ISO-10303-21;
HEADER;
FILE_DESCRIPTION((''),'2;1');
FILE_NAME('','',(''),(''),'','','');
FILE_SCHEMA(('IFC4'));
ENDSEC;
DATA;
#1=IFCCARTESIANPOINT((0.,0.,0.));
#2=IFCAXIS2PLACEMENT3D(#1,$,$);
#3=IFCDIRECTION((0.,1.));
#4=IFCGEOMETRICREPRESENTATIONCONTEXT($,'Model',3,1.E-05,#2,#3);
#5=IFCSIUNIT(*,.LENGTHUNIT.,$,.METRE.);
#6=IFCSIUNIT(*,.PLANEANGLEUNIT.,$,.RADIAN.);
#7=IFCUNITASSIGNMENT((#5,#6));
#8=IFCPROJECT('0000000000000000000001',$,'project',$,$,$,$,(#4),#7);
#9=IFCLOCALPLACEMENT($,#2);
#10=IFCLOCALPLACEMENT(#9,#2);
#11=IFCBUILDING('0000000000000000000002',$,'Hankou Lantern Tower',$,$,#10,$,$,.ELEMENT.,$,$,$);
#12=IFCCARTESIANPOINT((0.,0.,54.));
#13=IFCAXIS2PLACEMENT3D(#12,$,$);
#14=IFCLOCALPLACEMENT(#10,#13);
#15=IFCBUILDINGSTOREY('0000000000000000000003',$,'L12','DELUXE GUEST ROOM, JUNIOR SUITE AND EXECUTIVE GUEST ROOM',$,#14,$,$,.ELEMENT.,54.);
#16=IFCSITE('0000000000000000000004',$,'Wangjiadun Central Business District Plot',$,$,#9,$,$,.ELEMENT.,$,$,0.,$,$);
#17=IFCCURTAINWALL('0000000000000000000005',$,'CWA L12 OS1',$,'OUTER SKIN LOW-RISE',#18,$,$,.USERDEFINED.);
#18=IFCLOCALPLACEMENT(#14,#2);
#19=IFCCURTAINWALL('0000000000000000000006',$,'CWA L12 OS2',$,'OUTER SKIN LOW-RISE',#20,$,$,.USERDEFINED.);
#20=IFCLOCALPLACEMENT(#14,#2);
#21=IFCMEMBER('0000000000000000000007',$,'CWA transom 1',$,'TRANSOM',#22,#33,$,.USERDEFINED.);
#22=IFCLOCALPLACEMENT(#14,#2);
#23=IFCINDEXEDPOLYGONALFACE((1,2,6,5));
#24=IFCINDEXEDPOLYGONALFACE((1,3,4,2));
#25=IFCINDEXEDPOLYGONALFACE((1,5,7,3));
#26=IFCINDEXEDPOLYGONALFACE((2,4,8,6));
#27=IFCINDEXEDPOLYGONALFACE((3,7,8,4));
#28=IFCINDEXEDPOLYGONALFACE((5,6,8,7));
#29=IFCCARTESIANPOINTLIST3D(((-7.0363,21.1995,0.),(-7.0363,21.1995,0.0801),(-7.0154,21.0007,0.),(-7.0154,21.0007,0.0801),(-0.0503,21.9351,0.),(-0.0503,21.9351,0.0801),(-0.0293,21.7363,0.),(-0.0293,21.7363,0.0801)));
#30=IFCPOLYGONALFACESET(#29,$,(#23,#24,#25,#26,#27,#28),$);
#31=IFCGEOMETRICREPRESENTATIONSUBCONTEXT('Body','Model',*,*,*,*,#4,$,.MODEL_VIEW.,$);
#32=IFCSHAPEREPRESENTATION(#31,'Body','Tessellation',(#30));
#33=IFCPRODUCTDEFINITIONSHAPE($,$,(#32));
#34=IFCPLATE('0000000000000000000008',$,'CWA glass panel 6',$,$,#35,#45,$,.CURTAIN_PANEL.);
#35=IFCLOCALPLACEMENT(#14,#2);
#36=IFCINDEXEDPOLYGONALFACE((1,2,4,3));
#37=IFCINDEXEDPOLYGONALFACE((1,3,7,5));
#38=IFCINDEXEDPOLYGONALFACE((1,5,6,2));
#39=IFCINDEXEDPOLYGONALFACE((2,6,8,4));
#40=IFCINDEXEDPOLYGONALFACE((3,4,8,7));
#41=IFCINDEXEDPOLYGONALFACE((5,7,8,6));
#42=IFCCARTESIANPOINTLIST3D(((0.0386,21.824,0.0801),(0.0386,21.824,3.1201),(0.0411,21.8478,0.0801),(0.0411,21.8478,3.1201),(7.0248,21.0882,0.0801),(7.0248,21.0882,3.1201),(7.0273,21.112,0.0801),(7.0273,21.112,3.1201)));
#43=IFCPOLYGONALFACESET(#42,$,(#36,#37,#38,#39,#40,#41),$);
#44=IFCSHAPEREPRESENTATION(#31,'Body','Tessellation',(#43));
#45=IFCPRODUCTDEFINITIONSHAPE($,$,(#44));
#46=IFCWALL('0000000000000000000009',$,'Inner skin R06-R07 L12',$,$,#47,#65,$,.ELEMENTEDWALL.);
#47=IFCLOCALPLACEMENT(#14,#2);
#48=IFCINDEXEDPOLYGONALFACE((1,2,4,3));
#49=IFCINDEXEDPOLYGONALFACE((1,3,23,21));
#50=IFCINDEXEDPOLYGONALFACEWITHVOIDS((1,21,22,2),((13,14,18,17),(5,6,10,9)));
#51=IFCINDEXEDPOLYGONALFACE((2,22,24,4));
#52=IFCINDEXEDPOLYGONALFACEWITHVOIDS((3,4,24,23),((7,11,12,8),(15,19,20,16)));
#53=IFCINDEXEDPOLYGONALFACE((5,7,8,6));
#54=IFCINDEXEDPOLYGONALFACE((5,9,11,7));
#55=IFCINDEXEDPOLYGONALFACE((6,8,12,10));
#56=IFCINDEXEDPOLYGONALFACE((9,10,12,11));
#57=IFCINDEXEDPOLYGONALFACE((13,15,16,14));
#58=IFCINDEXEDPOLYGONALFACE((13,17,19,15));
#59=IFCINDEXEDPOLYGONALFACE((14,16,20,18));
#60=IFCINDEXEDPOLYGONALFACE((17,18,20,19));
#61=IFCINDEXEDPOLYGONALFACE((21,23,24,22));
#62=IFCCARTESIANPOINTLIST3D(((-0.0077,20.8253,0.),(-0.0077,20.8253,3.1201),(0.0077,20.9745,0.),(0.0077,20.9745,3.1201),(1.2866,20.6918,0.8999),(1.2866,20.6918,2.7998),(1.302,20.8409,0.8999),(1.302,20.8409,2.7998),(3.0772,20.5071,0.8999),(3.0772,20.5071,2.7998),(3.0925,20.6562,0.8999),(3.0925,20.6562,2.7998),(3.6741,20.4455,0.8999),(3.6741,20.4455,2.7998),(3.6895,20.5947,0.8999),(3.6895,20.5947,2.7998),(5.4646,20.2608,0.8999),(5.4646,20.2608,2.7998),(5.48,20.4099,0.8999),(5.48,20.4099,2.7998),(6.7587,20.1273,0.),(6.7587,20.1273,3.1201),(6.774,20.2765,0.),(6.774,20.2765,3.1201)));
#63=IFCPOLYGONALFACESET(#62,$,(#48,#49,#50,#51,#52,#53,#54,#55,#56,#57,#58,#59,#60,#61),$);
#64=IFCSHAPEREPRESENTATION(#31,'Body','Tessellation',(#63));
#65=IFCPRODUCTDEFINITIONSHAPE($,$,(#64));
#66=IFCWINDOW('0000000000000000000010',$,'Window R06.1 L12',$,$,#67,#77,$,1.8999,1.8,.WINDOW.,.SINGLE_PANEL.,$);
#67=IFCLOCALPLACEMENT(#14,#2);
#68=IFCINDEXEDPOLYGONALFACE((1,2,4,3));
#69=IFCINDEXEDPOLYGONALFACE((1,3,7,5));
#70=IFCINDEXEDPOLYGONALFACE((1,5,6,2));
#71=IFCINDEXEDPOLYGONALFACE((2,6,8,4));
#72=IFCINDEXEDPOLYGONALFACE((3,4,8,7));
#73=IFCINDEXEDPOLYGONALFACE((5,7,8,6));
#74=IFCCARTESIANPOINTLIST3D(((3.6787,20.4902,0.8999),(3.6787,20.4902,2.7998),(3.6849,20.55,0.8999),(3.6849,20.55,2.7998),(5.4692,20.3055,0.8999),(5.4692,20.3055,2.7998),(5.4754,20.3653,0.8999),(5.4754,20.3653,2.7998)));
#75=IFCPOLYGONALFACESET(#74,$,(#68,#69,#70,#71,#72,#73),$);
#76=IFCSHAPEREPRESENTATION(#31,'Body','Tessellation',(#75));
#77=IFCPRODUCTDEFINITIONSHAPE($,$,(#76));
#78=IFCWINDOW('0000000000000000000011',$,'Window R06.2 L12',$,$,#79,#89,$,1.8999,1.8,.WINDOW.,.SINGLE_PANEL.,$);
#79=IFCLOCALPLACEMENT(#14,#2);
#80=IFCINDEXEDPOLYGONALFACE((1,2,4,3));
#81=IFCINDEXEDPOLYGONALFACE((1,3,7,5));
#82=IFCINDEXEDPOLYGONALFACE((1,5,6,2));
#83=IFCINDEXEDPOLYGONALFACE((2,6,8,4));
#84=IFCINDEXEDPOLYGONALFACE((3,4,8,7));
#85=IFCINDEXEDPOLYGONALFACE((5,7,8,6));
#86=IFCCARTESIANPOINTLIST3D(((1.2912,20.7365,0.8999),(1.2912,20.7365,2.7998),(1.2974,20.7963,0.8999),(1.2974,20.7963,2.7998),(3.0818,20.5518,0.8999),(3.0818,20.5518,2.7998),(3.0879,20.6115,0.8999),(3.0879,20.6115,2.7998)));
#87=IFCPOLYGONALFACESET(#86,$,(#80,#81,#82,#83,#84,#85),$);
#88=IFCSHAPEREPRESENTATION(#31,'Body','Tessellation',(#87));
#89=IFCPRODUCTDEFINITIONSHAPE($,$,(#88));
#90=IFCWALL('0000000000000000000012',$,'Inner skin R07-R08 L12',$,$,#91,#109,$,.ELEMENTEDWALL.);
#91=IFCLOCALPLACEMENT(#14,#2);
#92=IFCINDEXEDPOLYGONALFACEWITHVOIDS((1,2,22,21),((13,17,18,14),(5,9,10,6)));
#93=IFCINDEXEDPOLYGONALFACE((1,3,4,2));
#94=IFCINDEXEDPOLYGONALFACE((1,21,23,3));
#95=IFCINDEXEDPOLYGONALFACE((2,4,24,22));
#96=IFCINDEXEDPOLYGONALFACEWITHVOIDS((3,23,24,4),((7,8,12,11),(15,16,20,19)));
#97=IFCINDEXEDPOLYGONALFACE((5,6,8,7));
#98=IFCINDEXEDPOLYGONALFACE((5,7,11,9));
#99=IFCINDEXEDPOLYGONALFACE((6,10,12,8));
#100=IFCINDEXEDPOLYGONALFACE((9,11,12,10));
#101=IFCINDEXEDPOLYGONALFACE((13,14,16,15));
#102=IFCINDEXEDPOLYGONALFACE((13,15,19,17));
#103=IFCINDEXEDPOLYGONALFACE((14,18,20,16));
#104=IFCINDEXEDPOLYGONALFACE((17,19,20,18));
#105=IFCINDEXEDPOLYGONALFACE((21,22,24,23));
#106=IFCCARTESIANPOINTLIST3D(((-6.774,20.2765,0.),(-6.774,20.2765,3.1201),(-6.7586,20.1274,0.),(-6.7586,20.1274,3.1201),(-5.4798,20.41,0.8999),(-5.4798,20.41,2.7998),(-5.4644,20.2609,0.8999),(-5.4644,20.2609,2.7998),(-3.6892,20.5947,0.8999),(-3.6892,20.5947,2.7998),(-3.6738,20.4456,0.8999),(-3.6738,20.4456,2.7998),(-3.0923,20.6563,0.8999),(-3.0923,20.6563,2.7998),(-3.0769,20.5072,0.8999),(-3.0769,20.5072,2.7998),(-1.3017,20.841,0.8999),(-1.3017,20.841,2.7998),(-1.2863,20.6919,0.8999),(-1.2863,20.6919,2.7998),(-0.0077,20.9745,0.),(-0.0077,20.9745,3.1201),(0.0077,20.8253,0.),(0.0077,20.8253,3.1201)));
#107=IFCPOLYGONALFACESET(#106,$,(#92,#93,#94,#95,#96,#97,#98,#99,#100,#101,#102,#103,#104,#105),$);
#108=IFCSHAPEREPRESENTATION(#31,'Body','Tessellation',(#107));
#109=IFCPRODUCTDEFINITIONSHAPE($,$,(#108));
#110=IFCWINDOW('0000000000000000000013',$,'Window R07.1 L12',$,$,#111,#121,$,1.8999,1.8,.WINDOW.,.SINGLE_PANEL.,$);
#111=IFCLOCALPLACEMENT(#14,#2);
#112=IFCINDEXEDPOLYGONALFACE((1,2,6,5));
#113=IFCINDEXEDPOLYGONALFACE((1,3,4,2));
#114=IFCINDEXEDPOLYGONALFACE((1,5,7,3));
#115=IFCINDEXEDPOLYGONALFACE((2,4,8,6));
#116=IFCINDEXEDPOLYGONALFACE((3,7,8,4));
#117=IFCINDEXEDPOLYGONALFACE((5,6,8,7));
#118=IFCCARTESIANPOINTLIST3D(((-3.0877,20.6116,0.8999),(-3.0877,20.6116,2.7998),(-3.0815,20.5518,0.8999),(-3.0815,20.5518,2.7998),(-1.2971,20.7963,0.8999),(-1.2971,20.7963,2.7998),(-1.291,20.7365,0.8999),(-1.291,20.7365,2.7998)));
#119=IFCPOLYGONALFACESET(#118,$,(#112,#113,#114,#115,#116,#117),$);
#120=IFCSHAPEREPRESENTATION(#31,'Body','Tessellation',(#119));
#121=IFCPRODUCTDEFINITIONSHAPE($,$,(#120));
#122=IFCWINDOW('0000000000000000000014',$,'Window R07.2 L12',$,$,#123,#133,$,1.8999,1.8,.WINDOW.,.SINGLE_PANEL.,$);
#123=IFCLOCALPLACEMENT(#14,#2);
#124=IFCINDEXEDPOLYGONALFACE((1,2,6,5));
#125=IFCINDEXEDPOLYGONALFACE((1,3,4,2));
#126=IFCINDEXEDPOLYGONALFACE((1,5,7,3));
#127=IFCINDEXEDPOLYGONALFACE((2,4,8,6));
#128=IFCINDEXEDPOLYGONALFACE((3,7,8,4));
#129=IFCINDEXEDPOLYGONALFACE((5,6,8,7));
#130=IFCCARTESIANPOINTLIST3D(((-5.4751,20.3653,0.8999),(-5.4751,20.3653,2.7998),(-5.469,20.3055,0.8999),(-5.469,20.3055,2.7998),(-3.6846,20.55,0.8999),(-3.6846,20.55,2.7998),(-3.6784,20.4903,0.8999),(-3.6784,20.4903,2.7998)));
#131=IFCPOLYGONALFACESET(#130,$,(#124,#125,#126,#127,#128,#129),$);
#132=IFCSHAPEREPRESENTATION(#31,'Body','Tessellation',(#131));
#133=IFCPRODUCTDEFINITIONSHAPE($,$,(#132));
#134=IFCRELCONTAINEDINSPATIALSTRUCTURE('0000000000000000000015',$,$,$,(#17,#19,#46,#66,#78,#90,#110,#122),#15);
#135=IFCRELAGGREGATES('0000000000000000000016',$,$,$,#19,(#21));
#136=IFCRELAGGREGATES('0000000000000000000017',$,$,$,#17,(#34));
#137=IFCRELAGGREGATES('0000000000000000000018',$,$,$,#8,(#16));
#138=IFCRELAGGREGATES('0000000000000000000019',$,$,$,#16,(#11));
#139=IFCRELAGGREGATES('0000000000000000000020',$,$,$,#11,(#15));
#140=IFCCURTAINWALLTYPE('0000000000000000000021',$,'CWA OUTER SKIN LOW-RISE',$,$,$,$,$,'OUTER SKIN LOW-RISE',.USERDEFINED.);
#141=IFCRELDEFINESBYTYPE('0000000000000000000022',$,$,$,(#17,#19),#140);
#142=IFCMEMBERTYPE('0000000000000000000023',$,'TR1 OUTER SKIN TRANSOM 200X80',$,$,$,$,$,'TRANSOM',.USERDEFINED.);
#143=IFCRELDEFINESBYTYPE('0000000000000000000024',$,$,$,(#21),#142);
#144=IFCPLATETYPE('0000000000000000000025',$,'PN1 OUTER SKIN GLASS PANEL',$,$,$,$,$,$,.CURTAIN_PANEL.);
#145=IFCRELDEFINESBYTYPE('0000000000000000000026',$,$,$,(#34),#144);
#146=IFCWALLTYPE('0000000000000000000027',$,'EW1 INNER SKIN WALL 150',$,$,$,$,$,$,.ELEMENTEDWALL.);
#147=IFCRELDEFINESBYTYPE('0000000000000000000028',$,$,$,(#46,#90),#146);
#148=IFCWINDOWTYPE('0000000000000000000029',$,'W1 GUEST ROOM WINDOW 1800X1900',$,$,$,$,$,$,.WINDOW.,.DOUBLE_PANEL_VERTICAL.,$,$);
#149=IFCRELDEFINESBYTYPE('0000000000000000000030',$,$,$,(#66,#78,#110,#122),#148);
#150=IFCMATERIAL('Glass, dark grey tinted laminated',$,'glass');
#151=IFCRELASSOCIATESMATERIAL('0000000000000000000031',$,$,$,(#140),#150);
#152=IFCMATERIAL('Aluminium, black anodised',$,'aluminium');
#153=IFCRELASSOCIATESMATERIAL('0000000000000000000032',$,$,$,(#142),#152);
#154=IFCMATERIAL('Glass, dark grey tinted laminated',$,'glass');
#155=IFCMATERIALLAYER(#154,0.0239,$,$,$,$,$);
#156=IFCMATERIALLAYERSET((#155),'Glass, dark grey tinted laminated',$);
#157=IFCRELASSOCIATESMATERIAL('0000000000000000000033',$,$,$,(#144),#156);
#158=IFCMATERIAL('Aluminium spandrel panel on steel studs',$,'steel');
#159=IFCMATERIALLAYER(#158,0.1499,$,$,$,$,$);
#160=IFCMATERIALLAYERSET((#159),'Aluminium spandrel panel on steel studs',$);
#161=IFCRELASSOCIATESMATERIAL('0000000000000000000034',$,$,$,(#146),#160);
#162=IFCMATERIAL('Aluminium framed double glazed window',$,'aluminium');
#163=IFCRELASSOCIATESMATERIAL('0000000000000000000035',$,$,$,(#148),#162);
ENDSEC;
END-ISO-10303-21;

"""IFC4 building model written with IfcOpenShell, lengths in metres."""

from ifc_helpers import new_model, si_unit, direction, frame, frame_2d, origin, origin_2d, place, context, subcontext, project, spatial, rectangle, extrude, material, layer, layer_set, material_profile, profile_set, type_object, element, fill, aggregate, save


model = new_model("IFC4")

# Units and contexts
model_context = context("Model", 3, precision=1e-05, world=origin(), true_north=direction((0.0, 1.0)))
body_context = subcontext(model_context, "Body", "Model", "MODEL_VIEW")
ifc_project = project(units=[si_unit("LENGTHUNIT", "METRE"), si_unit("PLANEANGLEUNIT", "RADIAN")], contexts=[model_context])

# Site, building, storey
site_placement = place(None, origin())
site = spatial("IfcSite", under=ifc_project, at=site_placement, Name="Wangjiadun Central Business District Plot", CompositionType="ELEMENT", RefElevation=0.0)
building_placement = place(site_placement, origin())
building = spatial("IfcBuilding", under=site, at=building_placement, Name="Hankou Lantern Tower", CompositionType="ELEMENT")
storey_placement = place(building_placement, frame((0.0, 0.0, 54.0)))
storey = spatial("IfcBuildingStorey", under=building, at=storey_placement, Name="L12", Description="DELUXE GUEST ROOM, JUNIOR SUITE AND EXECUTIVE GUEST ROOM", CompositionType="ELEMENT", Elevation=54.0)

# Curtain walls
ifc_material_1 = material(Name="Glass, dark grey tinted laminated", Category="glass")
curtain_wall_type = type_object("IfcCurtainWallType", Name="CWA OUTER SKIN LOW-RISE", ElementType="OUTER SKIN LOW-RISE", PredefinedType="USERDEFINED", material=ifc_material_1)
curtain_wall_1_placement = place(storey_placement, origin())
curtain_wall_1 = element("IfcCurtainWall", 1, at=curtain_wall_1_placement, inside=storey, type_object=curtain_wall_type, Name="CWA L12 OS1", ObjectType="OUTER SKIN LOW-RISE", PredefinedType="USERDEFINED")
curtain_wall_2_placement = place(storey_placement, origin())
curtain_wall_2 = element("IfcCurtainWall", 2, at=curtain_wall_2_placement, inside=storey, type_object=curtain_wall_type, Name="CWA L12 OS2", ObjectType="OUTER SKIN LOW-RISE", PredefinedType="USERDEFINED")

# Member
ifc_material_2 = material(Name="Aluminium, black anodised", Category="aluminium")
ifc_material_profile_1 = material_profile(ifc_material_2, rectangle(XDim=0.2, YDim=0.0801, at=origin_2d()), Name="TR1 200X80")
ifc_profile_set_1 = profile_set([ifc_material_profile_1], Name="Aluminium, black anodised")
member_type_1 = type_object("IfcMemberType", Name="TR1 OUTER SKIN TRANSOM 200X80", ElementType="TRANSOM", PredefinedType="USERDEFINED", material=ifc_profile_set_1)
member_1_placement = place(storey_placement, frame((-0.0398, 21.8357, 0.04), z_axis=(-0.994502, -0.104716, 0.0), x_axis=(0.104716, -0.994502, 0.0)))
member_1 = element("IfcMember", 3, at=member_1_placement, type_object=member_type_1, Name="CWA transom 1", ObjectType="TRANSOM", PredefinedType="USERDEFINED", context=body_context, shape_type="SweptSolid", body=[
    extrude(rectangle(XDim=0.2, YDim=0.0801, at=origin_2d()), origin(), (0.0, 0.0, 1.0), 7.0247),
])
aggregate(curtain_wall_2, [member_1])

# Plate
ifc_material_3 = material(Name="Glass, dark grey tinted laminated", Category="glass")
ifc_layer_1 = layer(ifc_material_3, 0.0239)
ifc_layer_set_1 = layer_set([ifc_layer_1], Name="Glass, dark grey tinted laminated")
plate_type = type_object("IfcPlateType", Name="PN1 OUTER SKIN GLASS PANEL", PredefinedType="CURTAIN_PANEL", material=ifc_layer_set_1)
plate_placement = place(storey_placement, frame((3.533, 21.468, 0.0801), z_axis=(0.0, 0.0, 1.0), x_axis=(-0.994499, 0.104743, 0.0)))
plate = element("IfcPlate", 4, at=plate_placement, type_object=plate_type, Name="CWA glass panel 6", PredefinedType="CURTAIN_PANEL", context=body_context, shape_type="SweptSolid", body=[
    extrude(rectangle(XDim=7.0249, YDim=0.0239, at=origin_2d()), origin(), (0.0, 0.0, 1.0), 3.04),
])
aggregate(curtain_wall_1, [plate])

# Walls, openings, windows
ifc_material_4 = material(Name="Aluminium spandrel panel on steel studs", Category="steel")
ifc_layer_2 = layer(ifc_material_4, 0.1499)
ifc_layer_set_2 = layer_set([ifc_layer_2], Name="Aluminium spandrel panel on steel studs")
wall_type = type_object("IfcWallType", Name="EW1 INNER SKIN WALL 150", PredefinedType="ELEMENTEDWALL", material=ifc_layer_set_2)
wall_1_placement = place(storey_placement, frame((6.7664, 20.2019, 0.0), z_axis=(0.0, 0.0, 1.0), x_axis=(-0.994721, 0.102613, 0.0)))
wall_1 = element("IfcWall", 5, at=wall_1_placement, inside=storey, type_object=wall_type, Name="Inner skin R06-R07 L12", PredefinedType="ELEMENTEDWALL", context=body_context, shape_type="SweptSolid", body=[
    extrude(rectangle(XDim=6.8022, YDim=0.1499, at=frame_2d((3.4011, 0.0))), origin(), (0.0, 0.0, 1.0), 3.1201),
])
opening_1_placement = place(wall_1_placement, frame((1.301, 0.0, 0.8999)))
opening_1 = element("IfcOpeningElement", 6, at=opening_1_placement, cuts=wall_1, PredefinedType="OPENING", context=body_context, shape_type="SweptSolid", body=[
    extrude(rectangle(XDim=1.8, YDim=1.8999, at=frame_2d((0.8999, 0.95))), frame((0.0, 0.085, 0.0), z_axis=(0.0, -1.0, 0.0), x_axis=(1.0, 0.0, 0.0)), (0.0, 0.0, 1.0), 0.1699),
])
opening_2_placement = place(wall_1_placement, frame((3.7012, 0.0, 0.8999)))
opening_2 = element("IfcOpeningElement", 7, at=opening_2_placement, cuts=wall_1, PredefinedType="OPENING", context=body_context, shape_type="SweptSolid", body=[
    extrude(rectangle(XDim=1.8, YDim=1.8999, at=frame_2d((0.8999, 0.95))), frame((0.0, 0.085, 0.0), z_axis=(0.0, -1.0, 0.0), x_axis=(1.0, 0.0, 0.0)), (0.0, 0.0, 1.0), 0.1699),
])
ifc_material_5 = material(Name="Aluminium framed double glazed window", Category="aluminium")
window_type = type_object("IfcWindowType", Name="W1 GUEST ROOM WINDOW 1800X1900", PartitioningType="DOUBLE_PANEL_VERTICAL", PredefinedType="WINDOW", material=ifc_material_5)
window_1_placement = place(opening_1_placement, origin())
window_1 = element("IfcWindow", 8, at=window_1_placement, inside=storey, type_object=window_type, Name="Window R06.1 L12", OverallHeight=1.8999, OverallWidth=1.8, PartitioningType="SINGLE_PANEL", PredefinedType="WINDOW", context=body_context, shape_type="SweptSolid", body=[
    extrude(rectangle(XDim=1.8, YDim=1.8999, at=frame_2d((0.8999, 0.95))), frame((0.0, 0.03, 0.0), z_axis=(0.0, -1.0, 0.0), x_axis=(1.0, 0.0, 0.0)), (0.0, 0.0, 1.0), 0.0601),
])
fill(opening_1, window_1)
window_2_placement = place(opening_2_placement, origin())
window_2 = element("IfcWindow", 9, at=window_2_placement, inside=storey, type_object=window_type, Name="Window R06.2 L12", OverallHeight=1.8999, OverallWidth=1.8, PartitioningType="SINGLE_PANEL", PredefinedType="WINDOW", context=body_context, shape_type="SweptSolid", body=[
    extrude(rectangle(XDim=1.8, YDim=1.8999, at=frame_2d((0.8999, 0.95))), frame((0.0, 0.03, 0.0), z_axis=(0.0, -1.0, 0.0), x_axis=(1.0, 0.0, 0.0)), (0.0, 0.0, 1.0), 0.0601),
])
fill(opening_2, window_2)
wall_2_placement = place(storey_placement, frame((0.0, 20.8999, 0.0), z_axis=(0.0, 0.0, 1.0), x_axis=(-0.994721, -0.102613, 0.0)))
wall_2 = element("IfcWall", 10, at=wall_2_placement, inside=storey, type_object=wall_type, Name="Inner skin R07-R08 L12", PredefinedType="ELEMENTEDWALL", context=body_context, shape_type="SweptSolid", body=[
    extrude(rectangle(XDim=6.8022, YDim=0.1499, at=frame_2d((3.4011, 0.0))), origin(), (0.0, 0.0, 1.0), 3.1201),
])
opening_3_placement = place(wall_2_placement, frame((1.301, 0.0, 0.8999)))
opening_3 = element("IfcOpeningElement", 11, at=opening_3_placement, cuts=wall_2, PredefinedType="OPENING", context=body_context, shape_type="SweptSolid", body=[
    extrude(rectangle(XDim=1.8, YDim=1.8999, at=frame_2d((0.8999, 0.95))), frame((0.0, 0.085, 0.0), z_axis=(0.0, -1.0, 0.0), x_axis=(1.0, 0.0, 0.0)), (0.0, 0.0, 1.0), 0.1699),
])
opening_4_placement = place(wall_2_placement, frame((3.7012, 0.0, 0.8999)))
opening_4 = element("IfcOpeningElement", 12, at=opening_4_placement, cuts=wall_2, PredefinedType="OPENING", context=body_context, shape_type="SweptSolid", body=[
    extrude(rectangle(XDim=1.8, YDim=1.8999, at=frame_2d((0.8999, 0.95))), frame((0.0, 0.085, 0.0), z_axis=(0.0, -1.0, 0.0), x_axis=(1.0, 0.0, 0.0)), (0.0, 0.0, 1.0), 0.1699),
])
window_3_placement = place(opening_3_placement, origin())
window_3 = element("IfcWindow", 13, at=window_3_placement, inside=storey, type_object=window_type, Name="Window R07.1 L12", OverallHeight=1.8999, OverallWidth=1.8, PartitioningType="SINGLE_PANEL", PredefinedType="WINDOW", context=body_context, shape_type="SweptSolid", body=[
    extrude(rectangle(XDim=1.8, YDim=1.8999, at=frame_2d((0.8999, 0.95))), frame((0.0, 0.03, 0.0), z_axis=(0.0, -1.0, 0.0), x_axis=(1.0, 0.0, 0.0)), (0.0, 0.0, 1.0), 0.0601),
])
fill(opening_3, window_3)
window_4_placement = place(opening_4_placement, origin())
window_4 = element("IfcWindow", 14, at=window_4_placement, inside=storey, type_object=window_type, Name="Window R07.2 L12", OverallHeight=1.8999, OverallWidth=1.8, PartitioningType="SINGLE_PANEL", PredefinedType="WINDOW", context=body_context, shape_type="SweptSolid", body=[
    extrude(rectangle(XDim=1.8, YDim=1.8999, at=frame_2d((0.8999, 0.95))), frame((0.0, 0.03, 0.0), z_axis=(0.0, -1.0, 0.0), x_axis=(1.0, 0.0, 0.0)), (0.0, 0.0, 1.0), 0.0601),
])
fill(opening_4, window_4)

save(model, "model.ifc")
